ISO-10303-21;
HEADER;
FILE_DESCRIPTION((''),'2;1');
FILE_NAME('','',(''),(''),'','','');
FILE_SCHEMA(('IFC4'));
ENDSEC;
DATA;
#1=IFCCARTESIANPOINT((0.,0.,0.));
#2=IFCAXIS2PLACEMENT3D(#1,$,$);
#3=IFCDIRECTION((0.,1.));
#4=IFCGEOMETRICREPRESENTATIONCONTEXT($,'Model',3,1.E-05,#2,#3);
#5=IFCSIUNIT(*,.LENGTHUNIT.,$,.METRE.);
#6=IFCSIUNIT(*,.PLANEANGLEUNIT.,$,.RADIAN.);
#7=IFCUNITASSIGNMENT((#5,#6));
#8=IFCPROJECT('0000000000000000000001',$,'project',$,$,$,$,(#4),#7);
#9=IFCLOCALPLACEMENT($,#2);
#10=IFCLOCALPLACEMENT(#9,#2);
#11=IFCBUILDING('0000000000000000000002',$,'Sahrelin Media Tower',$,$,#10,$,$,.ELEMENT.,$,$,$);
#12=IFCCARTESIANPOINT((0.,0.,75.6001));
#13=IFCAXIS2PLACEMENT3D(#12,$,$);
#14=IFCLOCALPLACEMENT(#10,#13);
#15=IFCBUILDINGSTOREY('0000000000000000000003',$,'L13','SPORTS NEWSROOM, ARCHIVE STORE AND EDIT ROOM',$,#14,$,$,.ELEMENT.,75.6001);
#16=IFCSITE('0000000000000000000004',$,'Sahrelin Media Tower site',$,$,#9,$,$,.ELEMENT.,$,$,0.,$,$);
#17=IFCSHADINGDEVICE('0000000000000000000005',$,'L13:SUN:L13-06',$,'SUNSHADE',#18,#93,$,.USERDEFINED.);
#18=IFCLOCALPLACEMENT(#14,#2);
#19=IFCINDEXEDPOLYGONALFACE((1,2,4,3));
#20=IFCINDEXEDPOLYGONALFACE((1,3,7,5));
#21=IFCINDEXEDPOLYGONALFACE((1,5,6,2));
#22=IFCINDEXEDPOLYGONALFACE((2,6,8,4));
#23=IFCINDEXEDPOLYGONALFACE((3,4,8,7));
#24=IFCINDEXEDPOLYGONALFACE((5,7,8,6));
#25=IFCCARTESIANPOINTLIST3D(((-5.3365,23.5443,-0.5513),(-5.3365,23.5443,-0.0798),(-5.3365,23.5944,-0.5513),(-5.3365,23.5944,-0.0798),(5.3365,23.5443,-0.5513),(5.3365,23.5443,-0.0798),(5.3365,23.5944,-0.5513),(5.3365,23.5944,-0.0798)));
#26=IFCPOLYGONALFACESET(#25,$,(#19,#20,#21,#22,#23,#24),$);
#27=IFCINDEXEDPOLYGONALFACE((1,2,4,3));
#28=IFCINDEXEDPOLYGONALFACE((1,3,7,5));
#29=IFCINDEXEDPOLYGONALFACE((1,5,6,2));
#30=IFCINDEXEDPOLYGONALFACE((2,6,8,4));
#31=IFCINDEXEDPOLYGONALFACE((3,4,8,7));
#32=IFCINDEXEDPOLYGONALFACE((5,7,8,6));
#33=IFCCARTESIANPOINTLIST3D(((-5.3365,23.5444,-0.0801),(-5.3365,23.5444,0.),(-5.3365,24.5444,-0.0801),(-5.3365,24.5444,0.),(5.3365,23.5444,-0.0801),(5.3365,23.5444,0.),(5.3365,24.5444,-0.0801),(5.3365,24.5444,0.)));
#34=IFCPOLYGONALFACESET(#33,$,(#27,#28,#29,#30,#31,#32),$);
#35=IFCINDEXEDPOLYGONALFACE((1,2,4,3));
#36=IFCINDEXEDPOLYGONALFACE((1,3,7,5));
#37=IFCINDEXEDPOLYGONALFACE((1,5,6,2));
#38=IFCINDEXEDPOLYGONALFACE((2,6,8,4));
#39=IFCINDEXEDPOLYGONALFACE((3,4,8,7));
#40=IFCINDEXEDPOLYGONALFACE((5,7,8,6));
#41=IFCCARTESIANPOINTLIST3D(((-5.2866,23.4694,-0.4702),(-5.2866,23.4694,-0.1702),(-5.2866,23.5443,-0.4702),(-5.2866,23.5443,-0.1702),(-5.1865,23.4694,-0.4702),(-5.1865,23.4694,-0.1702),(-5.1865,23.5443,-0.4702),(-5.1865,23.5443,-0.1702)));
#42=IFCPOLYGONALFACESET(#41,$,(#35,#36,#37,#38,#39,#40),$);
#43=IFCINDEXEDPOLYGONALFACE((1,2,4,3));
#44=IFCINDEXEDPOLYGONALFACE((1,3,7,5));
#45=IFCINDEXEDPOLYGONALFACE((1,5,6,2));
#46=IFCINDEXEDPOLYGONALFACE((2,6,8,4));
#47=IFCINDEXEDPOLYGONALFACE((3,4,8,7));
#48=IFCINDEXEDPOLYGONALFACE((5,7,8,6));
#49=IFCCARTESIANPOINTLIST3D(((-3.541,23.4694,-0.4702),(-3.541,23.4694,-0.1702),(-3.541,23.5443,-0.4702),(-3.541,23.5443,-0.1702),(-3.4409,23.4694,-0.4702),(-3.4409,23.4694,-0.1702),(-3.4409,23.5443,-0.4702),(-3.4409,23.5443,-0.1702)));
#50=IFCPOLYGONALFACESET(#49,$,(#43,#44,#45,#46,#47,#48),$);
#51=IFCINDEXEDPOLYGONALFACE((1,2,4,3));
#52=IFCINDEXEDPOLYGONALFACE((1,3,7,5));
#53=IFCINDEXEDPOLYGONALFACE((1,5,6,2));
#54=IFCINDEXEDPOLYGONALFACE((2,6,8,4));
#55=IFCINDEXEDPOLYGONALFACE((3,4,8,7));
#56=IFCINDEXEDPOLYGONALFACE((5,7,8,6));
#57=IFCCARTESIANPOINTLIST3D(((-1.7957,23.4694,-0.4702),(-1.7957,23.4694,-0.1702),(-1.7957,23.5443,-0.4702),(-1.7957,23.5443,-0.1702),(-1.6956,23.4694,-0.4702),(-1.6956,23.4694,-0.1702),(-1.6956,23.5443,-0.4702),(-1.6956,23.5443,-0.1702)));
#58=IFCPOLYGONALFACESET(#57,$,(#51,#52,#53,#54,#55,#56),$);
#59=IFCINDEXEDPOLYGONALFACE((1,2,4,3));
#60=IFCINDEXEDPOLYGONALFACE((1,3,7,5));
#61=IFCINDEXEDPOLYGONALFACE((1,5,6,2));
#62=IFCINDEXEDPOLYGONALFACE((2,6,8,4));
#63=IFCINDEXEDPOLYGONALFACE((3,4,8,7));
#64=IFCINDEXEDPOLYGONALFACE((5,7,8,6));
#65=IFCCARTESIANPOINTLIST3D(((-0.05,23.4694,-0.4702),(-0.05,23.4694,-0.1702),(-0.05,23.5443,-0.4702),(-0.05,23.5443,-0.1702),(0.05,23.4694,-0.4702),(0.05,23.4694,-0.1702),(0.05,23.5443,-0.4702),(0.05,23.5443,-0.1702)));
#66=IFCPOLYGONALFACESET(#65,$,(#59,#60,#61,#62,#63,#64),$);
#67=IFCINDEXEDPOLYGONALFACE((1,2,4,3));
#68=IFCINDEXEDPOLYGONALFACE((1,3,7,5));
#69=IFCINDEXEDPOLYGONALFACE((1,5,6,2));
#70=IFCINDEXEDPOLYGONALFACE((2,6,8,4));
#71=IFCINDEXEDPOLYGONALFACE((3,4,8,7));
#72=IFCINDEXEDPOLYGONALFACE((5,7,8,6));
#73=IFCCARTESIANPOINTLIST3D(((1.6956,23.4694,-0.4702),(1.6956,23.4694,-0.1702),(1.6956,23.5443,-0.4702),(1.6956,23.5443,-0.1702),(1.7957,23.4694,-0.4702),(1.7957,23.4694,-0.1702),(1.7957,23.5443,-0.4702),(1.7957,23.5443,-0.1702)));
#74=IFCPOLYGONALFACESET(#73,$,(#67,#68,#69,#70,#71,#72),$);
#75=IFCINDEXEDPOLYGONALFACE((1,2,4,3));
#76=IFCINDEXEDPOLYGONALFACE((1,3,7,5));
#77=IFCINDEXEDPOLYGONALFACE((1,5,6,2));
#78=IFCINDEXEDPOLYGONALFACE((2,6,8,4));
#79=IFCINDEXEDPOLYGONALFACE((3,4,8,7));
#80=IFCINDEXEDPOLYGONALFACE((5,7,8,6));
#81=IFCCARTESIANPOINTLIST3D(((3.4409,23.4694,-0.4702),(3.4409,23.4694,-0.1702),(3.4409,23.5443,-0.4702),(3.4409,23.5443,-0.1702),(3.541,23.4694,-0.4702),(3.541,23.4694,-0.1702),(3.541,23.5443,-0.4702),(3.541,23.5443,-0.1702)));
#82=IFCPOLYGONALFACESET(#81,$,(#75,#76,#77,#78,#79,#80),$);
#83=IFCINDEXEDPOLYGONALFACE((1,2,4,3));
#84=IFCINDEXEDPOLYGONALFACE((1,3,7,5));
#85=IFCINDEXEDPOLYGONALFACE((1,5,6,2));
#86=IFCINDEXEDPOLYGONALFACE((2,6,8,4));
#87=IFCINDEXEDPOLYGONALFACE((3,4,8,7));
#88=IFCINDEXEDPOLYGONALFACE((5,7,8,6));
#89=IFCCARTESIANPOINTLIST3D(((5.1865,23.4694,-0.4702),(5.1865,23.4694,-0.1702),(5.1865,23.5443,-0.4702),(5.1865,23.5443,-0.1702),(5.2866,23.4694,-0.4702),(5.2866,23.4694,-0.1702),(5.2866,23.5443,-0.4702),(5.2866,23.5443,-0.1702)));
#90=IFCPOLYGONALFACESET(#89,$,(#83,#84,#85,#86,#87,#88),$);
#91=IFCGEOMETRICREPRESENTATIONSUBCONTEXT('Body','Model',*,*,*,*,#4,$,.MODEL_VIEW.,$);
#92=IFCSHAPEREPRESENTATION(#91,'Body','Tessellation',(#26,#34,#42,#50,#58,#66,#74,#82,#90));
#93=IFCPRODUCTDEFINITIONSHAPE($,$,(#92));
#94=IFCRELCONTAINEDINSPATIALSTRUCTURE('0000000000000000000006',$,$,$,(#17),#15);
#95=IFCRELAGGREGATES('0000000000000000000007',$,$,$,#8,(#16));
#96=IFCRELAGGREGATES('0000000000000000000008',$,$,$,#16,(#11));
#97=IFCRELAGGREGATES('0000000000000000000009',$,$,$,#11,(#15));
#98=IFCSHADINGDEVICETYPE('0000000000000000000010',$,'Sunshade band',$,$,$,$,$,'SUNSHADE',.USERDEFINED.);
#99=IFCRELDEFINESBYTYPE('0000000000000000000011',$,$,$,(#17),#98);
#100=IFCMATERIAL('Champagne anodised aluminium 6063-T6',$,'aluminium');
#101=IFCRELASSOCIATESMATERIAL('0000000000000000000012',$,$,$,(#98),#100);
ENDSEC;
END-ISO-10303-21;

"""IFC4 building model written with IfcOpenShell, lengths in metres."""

from ifc_helpers import new_model, si_unit, direction, frame, origin, origin_2d, place, context, subcontext, project, spatial, rectangle, extrude, material, type_object, element, save


model = new_model("IFC4")

# Units and contexts
model_context = context("Model", 3, precision=1e-05, world=origin(), true_north=direction((0.0, 1.0)))
body_context = subcontext(model_context, "Body", "Model", "MODEL_VIEW")
ifc_project = project(units=[si_unit("LENGTHUNIT", "METRE"), si_unit("PLANEANGLEUNIT", "RADIAN")], contexts=[model_context])

# Site, building, storey
site_placement = place(None, origin())
site = spatial("IfcSite", under=ifc_project, at=site_placement, Name="Sahrelin Media Tower site", CompositionType="ELEMENT", RefElevation=0.0)
building_placement = place(site_placement, origin())
building = spatial("IfcBuilding", under=site, at=building_placement, Name="Sahrelin Media Tower", CompositionType="ELEMENT")
storey_placement = place(building_placement, frame((0.0, 0.0, 75.6001)))
storey = spatial("IfcBuildingStorey", under=building, at=storey_placement, Name="L13", Description="SPORTS NEWSROOM, ARCHIVE STORE AND EDIT ROOM", CompositionType="ELEMENT", Elevation=75.6001)

# Shared definitions
ifc_material_1 = material(Name="Champagne anodised aluminium 6063-T6", Category="aluminium")
placement = place(storey_placement, frame((0.0, 23.5244, 0.0), z_axis=(0.0, 0.0, 1.0), x_axis=(1.0, 0.0, 0.0)))

# Shading device
shading_device_type_1 = type_object("IfcShadingDeviceType", Name="Sunshade band", ElementType="SUNSHADE", PredefinedType="USERDEFINED", material=ifc_material_1)
element("IfcShadingDevice", 1, at=placement, inside=storey, type_object=shading_device_type_1, Name="L13:SUN:L13-06", ObjectType="SUNSHADE", PredefinedType="USERDEFINED", context=body_context, shape_type="SweptSolid", body=[
    extrude(rectangle(XDim=10.6731, YDim=0.05, at=origin_2d()), frame((0.0, 0.0449, -0.5513)), (0.0, 0.0, 1.0), 0.4714),
    extrude(rectangle(XDim=10.6731, YDim=1.0, at=origin_2d()), frame((0.0, 0.52, -0.0801)), (0.0, 0.0, 1.0), 0.0801),
    extrude(rectangle(XDim=0.1001, YDim=0.075, at=origin_2d()), frame((-5.2366, -0.0176, -0.4702)), (0.0, 0.0, 1.0), 0.3),
    extrude(rectangle(XDim=0.1001, YDim=0.075, at=origin_2d()), frame((-3.491, -0.0176, -0.4702)), (0.0, 0.0, 1.0), 0.3),
    extrude(rectangle(XDim=0.1001, YDim=0.075, at=origin_2d()), frame((-1.7456, -0.0176, -0.4702)), (0.0, 0.0, 1.0), 0.3),
    extrude(rectangle(XDim=0.1001, YDim=0.075, at=origin_2d()), frame((0.0, -0.0176, -0.4702)), (0.0, 0.0, 1.0), 0.3),
    extrude(rectangle(XDim=0.1001, YDim=0.075, at=origin_2d()), frame((1.7456, -0.0176, -0.4702)), (0.0, 0.0, 1.0), 0.3),
    extrude(rectangle(XDim=0.1001, YDim=0.075, at=origin_2d()), frame((3.491, -0.0176, -0.4702)), (0.0, 0.0, 1.0), 0.3),
    extrude(rectangle(XDim=0.1001, YDim=0.075, at=origin_2d()), frame((5.2366, -0.0176, -0.4702)), (0.0, 0.0, 1.0), 0.3),
])

save(model, "model.ifc")
